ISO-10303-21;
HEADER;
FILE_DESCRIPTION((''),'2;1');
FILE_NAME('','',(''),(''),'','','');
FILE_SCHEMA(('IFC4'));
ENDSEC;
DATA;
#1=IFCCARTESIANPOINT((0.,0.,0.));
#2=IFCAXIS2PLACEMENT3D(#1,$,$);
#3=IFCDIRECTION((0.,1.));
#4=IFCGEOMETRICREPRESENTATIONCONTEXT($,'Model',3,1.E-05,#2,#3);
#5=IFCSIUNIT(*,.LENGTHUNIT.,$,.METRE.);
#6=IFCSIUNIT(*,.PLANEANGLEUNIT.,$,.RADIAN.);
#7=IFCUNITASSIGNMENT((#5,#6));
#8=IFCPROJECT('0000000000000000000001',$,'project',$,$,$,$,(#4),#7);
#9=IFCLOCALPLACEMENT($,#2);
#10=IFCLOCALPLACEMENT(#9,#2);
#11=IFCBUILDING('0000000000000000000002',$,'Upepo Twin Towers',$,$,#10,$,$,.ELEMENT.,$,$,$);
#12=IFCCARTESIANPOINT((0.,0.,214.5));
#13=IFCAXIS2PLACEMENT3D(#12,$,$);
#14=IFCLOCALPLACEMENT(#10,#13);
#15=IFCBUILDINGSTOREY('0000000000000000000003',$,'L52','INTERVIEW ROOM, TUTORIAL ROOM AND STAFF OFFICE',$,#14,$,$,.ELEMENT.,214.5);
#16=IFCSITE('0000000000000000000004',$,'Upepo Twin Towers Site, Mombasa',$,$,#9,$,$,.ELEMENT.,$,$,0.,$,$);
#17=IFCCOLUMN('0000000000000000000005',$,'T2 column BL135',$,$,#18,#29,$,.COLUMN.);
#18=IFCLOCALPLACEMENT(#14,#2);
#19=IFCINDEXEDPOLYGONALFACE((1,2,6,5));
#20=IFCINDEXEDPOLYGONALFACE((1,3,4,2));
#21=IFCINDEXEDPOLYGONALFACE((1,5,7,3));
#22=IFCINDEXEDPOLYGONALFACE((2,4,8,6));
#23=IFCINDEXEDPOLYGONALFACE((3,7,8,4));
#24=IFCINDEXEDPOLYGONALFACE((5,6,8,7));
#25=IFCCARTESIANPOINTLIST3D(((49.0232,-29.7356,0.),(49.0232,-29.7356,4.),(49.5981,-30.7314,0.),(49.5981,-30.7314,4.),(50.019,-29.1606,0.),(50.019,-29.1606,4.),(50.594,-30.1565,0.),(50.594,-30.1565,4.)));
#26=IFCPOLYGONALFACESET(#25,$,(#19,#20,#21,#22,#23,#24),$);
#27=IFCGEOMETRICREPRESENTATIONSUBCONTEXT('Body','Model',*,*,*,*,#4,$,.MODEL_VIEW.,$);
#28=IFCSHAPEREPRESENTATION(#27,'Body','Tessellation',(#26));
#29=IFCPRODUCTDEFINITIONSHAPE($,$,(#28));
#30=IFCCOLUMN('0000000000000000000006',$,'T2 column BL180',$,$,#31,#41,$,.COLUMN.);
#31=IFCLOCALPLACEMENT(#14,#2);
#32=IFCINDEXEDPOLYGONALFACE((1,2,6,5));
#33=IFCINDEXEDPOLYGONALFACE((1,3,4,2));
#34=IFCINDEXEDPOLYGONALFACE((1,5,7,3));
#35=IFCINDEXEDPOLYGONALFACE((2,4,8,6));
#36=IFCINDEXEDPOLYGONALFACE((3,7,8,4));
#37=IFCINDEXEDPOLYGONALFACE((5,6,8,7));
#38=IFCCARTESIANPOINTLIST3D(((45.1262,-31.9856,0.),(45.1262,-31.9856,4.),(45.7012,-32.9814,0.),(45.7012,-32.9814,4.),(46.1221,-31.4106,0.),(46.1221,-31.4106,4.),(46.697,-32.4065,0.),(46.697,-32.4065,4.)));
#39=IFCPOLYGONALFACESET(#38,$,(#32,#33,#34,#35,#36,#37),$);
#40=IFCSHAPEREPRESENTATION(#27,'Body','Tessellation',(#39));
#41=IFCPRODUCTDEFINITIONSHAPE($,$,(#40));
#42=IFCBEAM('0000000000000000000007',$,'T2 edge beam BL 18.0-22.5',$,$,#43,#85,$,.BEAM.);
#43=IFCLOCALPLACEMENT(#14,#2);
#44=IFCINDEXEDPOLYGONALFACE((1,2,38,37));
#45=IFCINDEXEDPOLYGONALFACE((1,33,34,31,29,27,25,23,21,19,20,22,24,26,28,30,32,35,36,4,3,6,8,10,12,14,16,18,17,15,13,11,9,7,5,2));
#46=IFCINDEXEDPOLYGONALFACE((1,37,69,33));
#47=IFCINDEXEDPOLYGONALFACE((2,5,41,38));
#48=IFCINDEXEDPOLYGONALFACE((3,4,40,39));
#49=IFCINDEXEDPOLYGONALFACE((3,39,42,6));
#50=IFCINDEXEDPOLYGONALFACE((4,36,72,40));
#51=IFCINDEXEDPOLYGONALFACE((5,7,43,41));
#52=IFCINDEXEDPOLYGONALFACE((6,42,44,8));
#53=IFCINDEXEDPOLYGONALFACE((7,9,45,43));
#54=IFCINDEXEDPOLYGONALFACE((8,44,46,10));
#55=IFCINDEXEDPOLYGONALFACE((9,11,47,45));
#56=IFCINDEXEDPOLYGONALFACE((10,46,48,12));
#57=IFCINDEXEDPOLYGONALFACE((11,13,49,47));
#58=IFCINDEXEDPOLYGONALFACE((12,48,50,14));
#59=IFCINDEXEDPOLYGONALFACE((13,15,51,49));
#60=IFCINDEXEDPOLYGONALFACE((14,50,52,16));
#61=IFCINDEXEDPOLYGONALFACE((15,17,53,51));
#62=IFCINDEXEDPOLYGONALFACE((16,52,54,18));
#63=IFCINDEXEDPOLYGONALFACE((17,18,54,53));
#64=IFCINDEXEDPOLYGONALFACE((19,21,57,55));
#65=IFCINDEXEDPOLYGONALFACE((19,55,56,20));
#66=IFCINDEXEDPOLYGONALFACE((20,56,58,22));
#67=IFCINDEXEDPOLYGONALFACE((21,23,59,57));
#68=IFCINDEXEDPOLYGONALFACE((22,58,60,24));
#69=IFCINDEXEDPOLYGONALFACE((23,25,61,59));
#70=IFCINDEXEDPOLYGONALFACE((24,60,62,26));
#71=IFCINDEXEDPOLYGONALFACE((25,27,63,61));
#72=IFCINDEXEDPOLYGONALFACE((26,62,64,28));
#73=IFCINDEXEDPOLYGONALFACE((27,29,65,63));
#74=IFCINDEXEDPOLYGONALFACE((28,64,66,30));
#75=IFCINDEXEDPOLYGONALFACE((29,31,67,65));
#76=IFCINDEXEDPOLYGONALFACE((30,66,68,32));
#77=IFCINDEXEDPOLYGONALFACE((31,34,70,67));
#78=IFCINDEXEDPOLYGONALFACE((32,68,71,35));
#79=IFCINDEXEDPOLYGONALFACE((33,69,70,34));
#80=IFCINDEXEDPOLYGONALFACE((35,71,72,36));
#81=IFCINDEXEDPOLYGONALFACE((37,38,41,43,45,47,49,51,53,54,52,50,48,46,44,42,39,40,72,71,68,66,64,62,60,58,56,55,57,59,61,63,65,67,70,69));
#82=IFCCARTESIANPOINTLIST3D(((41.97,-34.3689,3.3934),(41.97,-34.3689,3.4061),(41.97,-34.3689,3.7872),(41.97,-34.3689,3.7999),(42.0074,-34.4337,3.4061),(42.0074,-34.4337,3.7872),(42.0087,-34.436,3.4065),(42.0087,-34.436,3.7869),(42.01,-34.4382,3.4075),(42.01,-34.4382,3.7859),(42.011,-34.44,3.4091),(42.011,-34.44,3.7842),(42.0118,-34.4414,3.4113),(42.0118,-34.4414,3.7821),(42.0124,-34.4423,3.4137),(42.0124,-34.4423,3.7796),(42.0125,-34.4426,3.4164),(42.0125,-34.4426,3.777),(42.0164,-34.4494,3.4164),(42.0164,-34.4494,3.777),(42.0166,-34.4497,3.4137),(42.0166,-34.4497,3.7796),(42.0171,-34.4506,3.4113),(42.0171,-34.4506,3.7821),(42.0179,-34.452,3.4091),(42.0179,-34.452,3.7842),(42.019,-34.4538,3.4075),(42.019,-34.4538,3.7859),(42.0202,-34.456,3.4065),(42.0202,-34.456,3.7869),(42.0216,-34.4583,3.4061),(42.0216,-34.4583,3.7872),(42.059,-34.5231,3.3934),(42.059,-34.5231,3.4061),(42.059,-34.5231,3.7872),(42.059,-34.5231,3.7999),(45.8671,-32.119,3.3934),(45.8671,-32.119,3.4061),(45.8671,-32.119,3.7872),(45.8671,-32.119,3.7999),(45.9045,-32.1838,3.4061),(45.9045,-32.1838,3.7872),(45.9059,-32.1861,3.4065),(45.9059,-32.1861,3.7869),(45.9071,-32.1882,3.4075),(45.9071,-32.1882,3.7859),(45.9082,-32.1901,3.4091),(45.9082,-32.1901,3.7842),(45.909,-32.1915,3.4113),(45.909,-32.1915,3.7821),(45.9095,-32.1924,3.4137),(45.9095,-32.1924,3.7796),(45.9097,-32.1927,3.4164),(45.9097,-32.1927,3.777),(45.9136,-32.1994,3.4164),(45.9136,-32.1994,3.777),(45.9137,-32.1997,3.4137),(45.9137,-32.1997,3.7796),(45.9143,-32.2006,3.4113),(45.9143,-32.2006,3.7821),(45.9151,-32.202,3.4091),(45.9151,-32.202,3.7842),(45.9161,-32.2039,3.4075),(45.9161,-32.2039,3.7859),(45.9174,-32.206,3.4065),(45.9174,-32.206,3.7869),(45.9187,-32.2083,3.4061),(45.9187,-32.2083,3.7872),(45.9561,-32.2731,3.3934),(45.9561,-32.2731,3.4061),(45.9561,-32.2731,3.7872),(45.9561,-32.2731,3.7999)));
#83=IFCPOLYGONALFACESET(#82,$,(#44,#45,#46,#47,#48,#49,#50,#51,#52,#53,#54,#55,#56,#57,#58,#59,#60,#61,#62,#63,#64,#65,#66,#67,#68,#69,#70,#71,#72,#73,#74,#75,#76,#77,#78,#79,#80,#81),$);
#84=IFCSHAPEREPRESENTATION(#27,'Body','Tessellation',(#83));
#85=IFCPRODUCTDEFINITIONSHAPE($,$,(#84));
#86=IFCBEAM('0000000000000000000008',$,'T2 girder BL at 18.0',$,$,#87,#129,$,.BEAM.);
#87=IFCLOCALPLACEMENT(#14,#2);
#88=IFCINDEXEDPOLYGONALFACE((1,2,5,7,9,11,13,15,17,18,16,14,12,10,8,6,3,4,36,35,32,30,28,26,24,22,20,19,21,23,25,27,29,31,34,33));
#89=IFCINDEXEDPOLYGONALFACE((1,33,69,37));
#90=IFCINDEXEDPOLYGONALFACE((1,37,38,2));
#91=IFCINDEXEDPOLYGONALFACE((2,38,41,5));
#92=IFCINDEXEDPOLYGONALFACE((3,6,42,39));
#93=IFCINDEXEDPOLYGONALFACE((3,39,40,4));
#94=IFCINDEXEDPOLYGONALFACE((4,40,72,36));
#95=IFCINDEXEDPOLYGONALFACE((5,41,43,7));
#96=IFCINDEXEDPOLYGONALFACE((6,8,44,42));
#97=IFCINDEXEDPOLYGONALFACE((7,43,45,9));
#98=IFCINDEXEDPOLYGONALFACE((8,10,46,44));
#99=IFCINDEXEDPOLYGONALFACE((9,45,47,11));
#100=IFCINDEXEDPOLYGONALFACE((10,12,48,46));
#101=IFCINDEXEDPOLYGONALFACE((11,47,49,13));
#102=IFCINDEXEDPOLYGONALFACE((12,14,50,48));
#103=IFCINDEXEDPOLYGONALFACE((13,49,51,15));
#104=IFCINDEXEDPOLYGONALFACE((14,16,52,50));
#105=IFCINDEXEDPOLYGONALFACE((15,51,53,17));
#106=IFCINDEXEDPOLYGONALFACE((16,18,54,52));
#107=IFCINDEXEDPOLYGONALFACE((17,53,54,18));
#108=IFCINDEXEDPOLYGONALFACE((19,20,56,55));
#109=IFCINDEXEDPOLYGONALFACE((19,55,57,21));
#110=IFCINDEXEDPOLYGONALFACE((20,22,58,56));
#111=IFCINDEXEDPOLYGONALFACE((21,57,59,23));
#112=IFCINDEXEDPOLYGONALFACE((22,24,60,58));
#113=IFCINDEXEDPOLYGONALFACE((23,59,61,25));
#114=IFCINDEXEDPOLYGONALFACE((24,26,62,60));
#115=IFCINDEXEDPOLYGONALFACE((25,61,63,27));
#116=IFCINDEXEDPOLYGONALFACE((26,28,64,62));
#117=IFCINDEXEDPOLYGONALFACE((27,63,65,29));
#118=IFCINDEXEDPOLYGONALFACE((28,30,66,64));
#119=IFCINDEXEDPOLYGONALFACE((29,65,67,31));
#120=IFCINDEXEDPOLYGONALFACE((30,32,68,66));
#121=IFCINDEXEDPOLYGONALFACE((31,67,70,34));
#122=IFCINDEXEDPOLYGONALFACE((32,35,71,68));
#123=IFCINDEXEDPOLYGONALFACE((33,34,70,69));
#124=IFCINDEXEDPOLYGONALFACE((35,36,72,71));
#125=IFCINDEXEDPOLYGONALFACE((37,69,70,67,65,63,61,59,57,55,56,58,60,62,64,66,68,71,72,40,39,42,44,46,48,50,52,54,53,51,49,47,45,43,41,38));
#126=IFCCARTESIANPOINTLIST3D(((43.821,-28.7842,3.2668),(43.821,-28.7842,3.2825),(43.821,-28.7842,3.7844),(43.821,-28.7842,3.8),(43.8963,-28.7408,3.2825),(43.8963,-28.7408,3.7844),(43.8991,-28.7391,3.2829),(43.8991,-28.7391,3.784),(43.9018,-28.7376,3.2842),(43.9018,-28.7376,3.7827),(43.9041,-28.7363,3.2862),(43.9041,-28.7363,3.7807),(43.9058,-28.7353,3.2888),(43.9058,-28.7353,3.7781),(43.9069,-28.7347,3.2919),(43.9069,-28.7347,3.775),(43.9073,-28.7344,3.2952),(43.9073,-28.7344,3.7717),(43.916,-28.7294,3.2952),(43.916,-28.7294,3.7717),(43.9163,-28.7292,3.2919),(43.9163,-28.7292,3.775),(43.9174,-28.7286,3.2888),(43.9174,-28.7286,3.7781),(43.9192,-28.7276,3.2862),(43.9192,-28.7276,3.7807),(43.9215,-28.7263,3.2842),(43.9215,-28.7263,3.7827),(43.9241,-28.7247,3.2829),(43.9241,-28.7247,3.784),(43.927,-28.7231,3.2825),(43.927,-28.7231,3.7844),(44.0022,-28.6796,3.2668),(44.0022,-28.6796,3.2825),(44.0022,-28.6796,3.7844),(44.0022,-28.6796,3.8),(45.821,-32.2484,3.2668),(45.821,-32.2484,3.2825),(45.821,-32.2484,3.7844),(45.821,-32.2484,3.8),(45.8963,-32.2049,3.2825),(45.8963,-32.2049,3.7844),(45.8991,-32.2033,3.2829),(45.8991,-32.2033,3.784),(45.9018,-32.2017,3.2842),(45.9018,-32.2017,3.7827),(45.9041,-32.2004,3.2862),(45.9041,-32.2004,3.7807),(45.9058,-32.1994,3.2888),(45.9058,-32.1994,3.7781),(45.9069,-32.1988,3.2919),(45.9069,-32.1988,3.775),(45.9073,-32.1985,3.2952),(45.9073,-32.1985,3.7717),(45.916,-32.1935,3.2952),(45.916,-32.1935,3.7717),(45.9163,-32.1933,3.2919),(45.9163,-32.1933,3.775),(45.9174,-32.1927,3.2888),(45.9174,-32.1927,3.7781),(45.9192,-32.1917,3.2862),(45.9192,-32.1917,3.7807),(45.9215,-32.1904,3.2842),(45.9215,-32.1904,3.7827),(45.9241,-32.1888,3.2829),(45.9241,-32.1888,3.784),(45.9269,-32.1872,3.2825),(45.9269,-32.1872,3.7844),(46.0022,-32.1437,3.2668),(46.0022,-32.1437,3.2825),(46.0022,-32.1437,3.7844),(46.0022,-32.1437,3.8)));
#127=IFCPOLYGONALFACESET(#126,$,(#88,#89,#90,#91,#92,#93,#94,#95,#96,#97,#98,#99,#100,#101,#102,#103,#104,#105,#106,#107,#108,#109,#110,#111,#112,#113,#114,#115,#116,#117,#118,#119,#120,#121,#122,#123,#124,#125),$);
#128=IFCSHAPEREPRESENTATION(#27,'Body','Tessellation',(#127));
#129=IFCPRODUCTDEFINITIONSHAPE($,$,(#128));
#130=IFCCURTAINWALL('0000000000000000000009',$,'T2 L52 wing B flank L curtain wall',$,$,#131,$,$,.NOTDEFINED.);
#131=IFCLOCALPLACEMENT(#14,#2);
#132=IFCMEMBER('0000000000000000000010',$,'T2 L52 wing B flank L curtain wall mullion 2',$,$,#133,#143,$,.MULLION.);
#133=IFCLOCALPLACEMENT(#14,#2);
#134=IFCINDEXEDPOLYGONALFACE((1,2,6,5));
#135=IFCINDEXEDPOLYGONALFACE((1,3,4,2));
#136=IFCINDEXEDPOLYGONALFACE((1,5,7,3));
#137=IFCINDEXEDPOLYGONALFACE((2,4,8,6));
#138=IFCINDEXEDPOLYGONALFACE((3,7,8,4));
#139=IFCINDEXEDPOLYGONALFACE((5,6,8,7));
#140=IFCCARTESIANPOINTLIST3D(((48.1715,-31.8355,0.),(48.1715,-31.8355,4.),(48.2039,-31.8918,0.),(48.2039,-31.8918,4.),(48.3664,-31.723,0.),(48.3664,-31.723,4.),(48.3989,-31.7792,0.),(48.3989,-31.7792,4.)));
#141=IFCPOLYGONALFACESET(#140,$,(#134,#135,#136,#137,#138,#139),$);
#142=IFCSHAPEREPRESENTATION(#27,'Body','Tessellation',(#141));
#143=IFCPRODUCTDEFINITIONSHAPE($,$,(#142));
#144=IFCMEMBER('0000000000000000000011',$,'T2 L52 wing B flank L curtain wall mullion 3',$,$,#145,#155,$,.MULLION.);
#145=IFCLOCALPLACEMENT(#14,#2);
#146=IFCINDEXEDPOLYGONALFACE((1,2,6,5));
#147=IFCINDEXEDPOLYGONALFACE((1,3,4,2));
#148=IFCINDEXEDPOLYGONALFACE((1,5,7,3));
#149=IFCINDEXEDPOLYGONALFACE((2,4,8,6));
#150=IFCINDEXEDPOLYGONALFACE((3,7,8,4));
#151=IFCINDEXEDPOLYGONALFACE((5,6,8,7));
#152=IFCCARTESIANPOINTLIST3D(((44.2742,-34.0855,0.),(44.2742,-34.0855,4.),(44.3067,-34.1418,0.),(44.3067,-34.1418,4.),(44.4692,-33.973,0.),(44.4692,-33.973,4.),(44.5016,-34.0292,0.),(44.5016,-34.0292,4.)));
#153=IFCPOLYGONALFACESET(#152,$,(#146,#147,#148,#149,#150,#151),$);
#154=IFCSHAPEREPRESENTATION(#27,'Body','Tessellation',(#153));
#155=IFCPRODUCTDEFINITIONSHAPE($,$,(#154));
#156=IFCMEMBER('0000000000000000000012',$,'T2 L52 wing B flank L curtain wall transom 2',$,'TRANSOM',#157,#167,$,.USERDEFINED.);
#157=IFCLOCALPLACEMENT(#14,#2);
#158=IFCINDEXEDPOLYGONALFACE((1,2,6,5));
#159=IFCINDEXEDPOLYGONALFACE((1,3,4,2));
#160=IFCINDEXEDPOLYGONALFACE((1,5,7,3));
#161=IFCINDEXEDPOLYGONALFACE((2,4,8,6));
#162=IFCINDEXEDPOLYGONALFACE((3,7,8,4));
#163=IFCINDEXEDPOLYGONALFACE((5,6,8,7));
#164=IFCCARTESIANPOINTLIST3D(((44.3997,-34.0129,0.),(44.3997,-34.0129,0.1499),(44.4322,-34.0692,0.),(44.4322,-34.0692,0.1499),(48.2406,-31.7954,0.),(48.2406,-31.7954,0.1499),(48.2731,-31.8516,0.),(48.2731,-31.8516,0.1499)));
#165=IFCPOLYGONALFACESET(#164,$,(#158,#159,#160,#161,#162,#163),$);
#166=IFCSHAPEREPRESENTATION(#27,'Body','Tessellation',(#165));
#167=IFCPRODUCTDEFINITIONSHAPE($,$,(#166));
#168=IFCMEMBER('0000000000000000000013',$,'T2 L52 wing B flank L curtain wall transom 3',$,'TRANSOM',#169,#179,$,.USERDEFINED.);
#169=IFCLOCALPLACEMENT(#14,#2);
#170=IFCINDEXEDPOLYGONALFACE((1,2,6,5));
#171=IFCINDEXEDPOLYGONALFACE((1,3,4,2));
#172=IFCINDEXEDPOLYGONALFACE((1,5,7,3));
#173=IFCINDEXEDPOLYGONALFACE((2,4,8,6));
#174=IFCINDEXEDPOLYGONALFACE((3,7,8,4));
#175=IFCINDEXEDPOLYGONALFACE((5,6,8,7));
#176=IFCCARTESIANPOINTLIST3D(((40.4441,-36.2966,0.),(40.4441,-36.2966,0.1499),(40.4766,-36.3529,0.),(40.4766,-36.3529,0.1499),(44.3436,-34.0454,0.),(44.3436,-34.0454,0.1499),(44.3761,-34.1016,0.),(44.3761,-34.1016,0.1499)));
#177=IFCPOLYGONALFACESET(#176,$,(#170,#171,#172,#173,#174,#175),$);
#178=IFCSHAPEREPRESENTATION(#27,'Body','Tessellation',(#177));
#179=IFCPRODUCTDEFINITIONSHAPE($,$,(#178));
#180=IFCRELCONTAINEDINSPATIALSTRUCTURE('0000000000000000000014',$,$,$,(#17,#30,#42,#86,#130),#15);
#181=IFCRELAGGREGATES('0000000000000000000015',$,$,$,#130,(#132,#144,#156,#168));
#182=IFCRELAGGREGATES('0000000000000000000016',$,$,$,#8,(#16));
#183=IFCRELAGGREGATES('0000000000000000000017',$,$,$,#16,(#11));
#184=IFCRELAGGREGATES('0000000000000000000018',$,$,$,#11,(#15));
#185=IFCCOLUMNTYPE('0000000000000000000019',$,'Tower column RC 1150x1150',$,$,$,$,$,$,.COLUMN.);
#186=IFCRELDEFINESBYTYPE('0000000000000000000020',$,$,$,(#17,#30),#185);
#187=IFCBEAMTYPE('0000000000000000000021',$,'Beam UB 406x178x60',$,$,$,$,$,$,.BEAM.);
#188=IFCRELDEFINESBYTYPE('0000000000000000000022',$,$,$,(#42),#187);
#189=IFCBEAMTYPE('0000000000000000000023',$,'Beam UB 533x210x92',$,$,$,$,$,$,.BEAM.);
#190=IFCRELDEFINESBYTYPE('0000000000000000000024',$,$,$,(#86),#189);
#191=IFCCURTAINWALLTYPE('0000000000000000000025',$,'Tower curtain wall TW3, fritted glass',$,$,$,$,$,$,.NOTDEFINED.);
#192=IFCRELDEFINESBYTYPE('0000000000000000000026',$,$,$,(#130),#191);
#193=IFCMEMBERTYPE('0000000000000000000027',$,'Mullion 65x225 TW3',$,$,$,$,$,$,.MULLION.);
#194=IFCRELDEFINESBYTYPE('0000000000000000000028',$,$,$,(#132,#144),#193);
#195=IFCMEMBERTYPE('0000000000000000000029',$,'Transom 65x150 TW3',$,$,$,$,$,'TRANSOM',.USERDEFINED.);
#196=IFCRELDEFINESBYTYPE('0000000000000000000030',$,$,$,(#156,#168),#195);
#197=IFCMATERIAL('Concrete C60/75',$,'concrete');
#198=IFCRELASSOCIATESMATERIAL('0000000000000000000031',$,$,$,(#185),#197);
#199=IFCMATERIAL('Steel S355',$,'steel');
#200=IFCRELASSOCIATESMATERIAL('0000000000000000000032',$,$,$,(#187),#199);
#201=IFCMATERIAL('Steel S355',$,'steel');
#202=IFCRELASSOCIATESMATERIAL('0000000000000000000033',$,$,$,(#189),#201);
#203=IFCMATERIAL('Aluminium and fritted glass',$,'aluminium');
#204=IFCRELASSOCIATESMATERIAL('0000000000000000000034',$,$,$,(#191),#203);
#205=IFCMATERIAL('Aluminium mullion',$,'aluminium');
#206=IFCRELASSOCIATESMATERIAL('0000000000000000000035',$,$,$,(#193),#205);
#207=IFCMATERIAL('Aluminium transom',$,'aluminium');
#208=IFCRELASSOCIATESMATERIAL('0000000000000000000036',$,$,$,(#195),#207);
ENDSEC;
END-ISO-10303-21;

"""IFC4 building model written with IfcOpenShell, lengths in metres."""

from ifc_helpers import new_model, si_unit, direction, frame, origin, origin_2d, place, context, subcontext, project, spatial, rectangle, i_section, extrude, material, material_profile, profile_set, type_object, element, aggregate, save


model = new_model("IFC4")

# Units and contexts
model_context = context("Model", 3, precision=1e-05, world=origin(), true_north=direction((0.0, 1.0)))
body_context = subcontext(model_context, "Body", "Model", "MODEL_VIEW")
ifc_project = project(units=[si_unit("LENGTHUNIT", "METRE"), si_unit("PLANEANGLEUNIT", "RADIAN")], contexts=[model_context])

# Site, building, storey
site_placement = place(None, origin())
site = spatial("IfcSite", under=ifc_project, at=site_placement, Name="Upepo Twin Towers Site, Mombasa", CompositionType="ELEMENT", RefElevation=0.0)
building_placement = place(site_placement, origin())
building = spatial("IfcBuilding", under=site, at=building_placement, Name="Upepo Twin Towers", CompositionType="ELEMENT")
storey_placement = place(building_placement, frame((0.0, 0.0, 214.5)))
storey = spatial("IfcBuildingStorey", under=building, at=storey_placement, Name="L52", Description="INTERVIEW ROOM, TUTORIAL ROOM AND STAFF OFFICE", CompositionType="ELEMENT", Elevation=214.5)

# Columns
ifc_material_1 = material(Name="Concrete C60/75", Category="concrete")
ifc_material_profile_1 = material_profile(ifc_material_1, rectangle(XDim=1.1499, YDim=1.1499, at=origin_2d()), Name="RC 1150x1150")
ifc_profile_set_1 = profile_set([ifc_material_profile_1], Name="Concrete C60/75")
column_type = type_object("IfcColumnType", Name="Tower column RC 1150x1150", PredefinedType="COLUMN", material=ifc_profile_set_1)
for number, where, z_axis, x_axis, name in (
    (1, (49.8086, -29.946, 0.0), (0.0, 0.0, 1.0), (0.866025, 0.5, 0.0), "T2 column BL135"),
    (2, (45.9116, -32.196, 0.0), (0.0, 0.0, 1.0), (0.866025, 0.5, 0.0), "T2 column BL180"),
):
    element("IfcColumn", number, at=place(storey_placement, frame(where, z_axis=z_axis, x_axis=x_axis)), inside=storey, type_object=column_type, Name=name, PredefinedType="COLUMN", context=body_context, shape_type="SweptSolid", body=[
        extrude(rectangle(XDim=1.1499, YDim=1.1499, at=origin_2d()), origin(), (0.0, 0.0, 1.0), 4.0),
    ])

# Beams
ifc_material_2 = material(Name="Steel S355", Category="steel")
ifc_material_profile_2 = material_profile(ifc_material_2, i_section(OverallWidth=0.178, OverallDepth=0.4065, WebThickness=0.0078, FlangeThickness=0.0127, FilletRadius=0.0103, at=origin_2d()), Name="UB 406x178x60")
ifc_profile_set_2 = profile_set([ifc_material_profile_2], Name="Steel S355")
beam_type_1 = type_object("IfcBeamType", Name="Beam UB 406x178x60", PredefinedType="BEAM", material=ifc_profile_set_2)
beam_1_placement = place(storey_placement, frame((45.9116, -32.196, 3.5967), z_axis=(-0.866031, -0.49999, 0.0), x_axis=(0.49999, -0.866031, 0.0)))
element("IfcBeam", 3, at=beam_1_placement, inside=storey, type_object=beam_type_1, Name="T2 edge beam BL 18.0-22.5", PredefinedType="BEAM", context=body_context, shape_type="SweptSolid", body=[
    extrude(i_section(OverallWidth=0.178, OverallDepth=0.4065, WebThickness=0.0078, FlangeThickness=0.0127, FilletRadius=0.0103, at=origin_2d()), origin(), (0.0, 0.0, 1.0), 4.5),
])
ifc_material_3 = material(Name="Steel S355", Category="steel")
ifc_material_profile_3 = material_profile(ifc_material_3, i_section(OverallWidth=0.2092, OverallDepth=0.5332, WebThickness=0.01, FlangeThickness=0.0156, FilletRadius=0.0127, at=origin_2d()), Name="UB 533x210x92")
ifc_profile_set_3 = profile_set([ifc_material_profile_3], Name="Steel S355")
beam_type_2 = type_object("IfcBeamType", Name="Beam UB 533x210x92", PredefinedType="BEAM", material=ifc_profile_set_3)
beam_2_placement = place(storey_placement, frame((45.9116, -32.196, 3.5334), z_axis=(-0.499999, 0.866026, 0.0), x_axis=(-0.866026, -0.499999, 0.0)))
element("IfcBeam", 4, at=beam_2_placement, inside=storey, type_object=beam_type_2, Name="T2 girder BL at 18.0", PredefinedType="BEAM", context=body_context, shape_type="SweptSolid", body=[
    extrude(i_section(OverallWidth=0.2092, OverallDepth=0.5332, WebThickness=0.01, FlangeThickness=0.0156, FilletRadius=0.0127, at=origin_2d()), origin(), (0.0, 0.0, 1.0), 4.0),
])

# Curtain wall, members
ifc_material_4 = material(Name="Aluminium and fritted glass", Category="aluminium")
curtain_wall_type = type_object("IfcCurtainWallType", Name="Tower curtain wall TW3, fritted glass", PredefinedType="NOTDEFINED", material=ifc_material_4)
curtain_wall_placement = place(storey_placement, origin())
curtain_wall = element("IfcCurtainWall", 5, at=curtain_wall_placement, inside=storey, type_object=curtain_wall_type, Name="T2 L52 wing B flank L curtain wall", PredefinedType="NOTDEFINED")
ifc_material_5 = material(Name="Aluminium mullion", Category="aluminium")
ifc_material_profile_4 = material_profile(ifc_material_5, rectangle(XDim=0.0649, YDim=0.2251, at=origin_2d()), Name="MULLION 65x225")
ifc_profile_set_4 = profile_set([ifc_material_profile_4], Name="Aluminium mullion")
member_type_1 = type_object("IfcMemberType", Name="Mullion 65x225 TW3", PredefinedType="MULLION", material=ifc_profile_set_4)
member_1_placement = place(storey_placement, frame((48.2852, -31.8074, 0.0), z_axis=(0.0, 0.0, 1.0), x_axis=(0.5, -0.866025, 0.0)))
member_1 = element("IfcMember", 6, at=member_1_placement, type_object=member_type_1, Name="T2 L52 wing B flank L curtain wall mullion 2", PredefinedType="MULLION", context=body_context, shape_type="SweptSolid", body=[
    extrude(rectangle(XDim=0.0649, YDim=0.2251, at=origin_2d()), origin(), (0.0, 0.0, 1.0), 4.0),
])
member_2_placement = place(storey_placement, frame((44.3879, -34.0574, 0.0), z_axis=(0.0, 0.0, 1.0), x_axis=(0.5, -0.866025, 0.0)))
member_2 = element("IfcMember", 7, at=member_2_placement, type_object=member_type_1, Name="T2 L52 wing B flank L curtain wall mullion 3", PredefinedType="MULLION", context=body_context, shape_type="SweptSolid", body=[
    extrude(rectangle(XDim=0.0649, YDim=0.2251, at=origin_2d()), origin(), (0.0, 0.0, 1.0), 4.0),
])
ifc_material_6 = material(Name="Aluminium transom", Category="aluminium")
ifc_material_profile_5 = material_profile(ifc_material_6, rectangle(XDim=0.0649, YDim=0.1499, at=origin_2d()), Name="TRANSOM 65x150")
ifc_profile_set_5 = profile_set([ifc_material_profile_5], Name="Aluminium transom")
member_type_2 = type_object("IfcMemberType", Name="Transom 65x150 TW3", ElementType="TRANSOM", PredefinedType="USERDEFINED", material=ifc_profile_set_5)
member_3_placement = place(storey_placement, frame((48.2568, -31.8235, 0.075), z_axis=(-0.866022, -0.500005, 0.0), x_axis=(0.500005, -0.866022, 0.0)))
member_3 = element("IfcMember", 8, at=member_3_placement, type_object=member_type_2, Name="T2 L52 wing B flank L curtain wall transom 2", ObjectType="TRANSOM", PredefinedType="USERDEFINED", context=body_context, shape_type="SweptSolid", body=[
    extrude(rectangle(XDim=0.0649, YDim=0.1499, at=origin_2d()), origin(), (0.0, 0.0, 1.0), 4.4351),
])
member_4_placement = place(storey_placement, frame((44.3599, -34.0735, 0.075), z_axis=(-0.866036, -0.499982, 0.0), x_axis=(0.499982, -0.866036, 0.0)))
member_4 = element("IfcMember", 9, at=member_4_placement, type_object=member_type_2, Name="T2 L52 wing B flank L curtain wall transom 3", ObjectType="TRANSOM", PredefinedType="USERDEFINED", context=body_context, shape_type="SweptSolid", body=[
    extrude(rectangle(XDim=0.0649, YDim=0.1499, at=origin_2d()), origin(), (0.0, 0.0, 1.0), 4.5027),
])
aggregate(curtain_wall, [member_1, member_2, member_3, member_4])

save(model, "model.ifc")
